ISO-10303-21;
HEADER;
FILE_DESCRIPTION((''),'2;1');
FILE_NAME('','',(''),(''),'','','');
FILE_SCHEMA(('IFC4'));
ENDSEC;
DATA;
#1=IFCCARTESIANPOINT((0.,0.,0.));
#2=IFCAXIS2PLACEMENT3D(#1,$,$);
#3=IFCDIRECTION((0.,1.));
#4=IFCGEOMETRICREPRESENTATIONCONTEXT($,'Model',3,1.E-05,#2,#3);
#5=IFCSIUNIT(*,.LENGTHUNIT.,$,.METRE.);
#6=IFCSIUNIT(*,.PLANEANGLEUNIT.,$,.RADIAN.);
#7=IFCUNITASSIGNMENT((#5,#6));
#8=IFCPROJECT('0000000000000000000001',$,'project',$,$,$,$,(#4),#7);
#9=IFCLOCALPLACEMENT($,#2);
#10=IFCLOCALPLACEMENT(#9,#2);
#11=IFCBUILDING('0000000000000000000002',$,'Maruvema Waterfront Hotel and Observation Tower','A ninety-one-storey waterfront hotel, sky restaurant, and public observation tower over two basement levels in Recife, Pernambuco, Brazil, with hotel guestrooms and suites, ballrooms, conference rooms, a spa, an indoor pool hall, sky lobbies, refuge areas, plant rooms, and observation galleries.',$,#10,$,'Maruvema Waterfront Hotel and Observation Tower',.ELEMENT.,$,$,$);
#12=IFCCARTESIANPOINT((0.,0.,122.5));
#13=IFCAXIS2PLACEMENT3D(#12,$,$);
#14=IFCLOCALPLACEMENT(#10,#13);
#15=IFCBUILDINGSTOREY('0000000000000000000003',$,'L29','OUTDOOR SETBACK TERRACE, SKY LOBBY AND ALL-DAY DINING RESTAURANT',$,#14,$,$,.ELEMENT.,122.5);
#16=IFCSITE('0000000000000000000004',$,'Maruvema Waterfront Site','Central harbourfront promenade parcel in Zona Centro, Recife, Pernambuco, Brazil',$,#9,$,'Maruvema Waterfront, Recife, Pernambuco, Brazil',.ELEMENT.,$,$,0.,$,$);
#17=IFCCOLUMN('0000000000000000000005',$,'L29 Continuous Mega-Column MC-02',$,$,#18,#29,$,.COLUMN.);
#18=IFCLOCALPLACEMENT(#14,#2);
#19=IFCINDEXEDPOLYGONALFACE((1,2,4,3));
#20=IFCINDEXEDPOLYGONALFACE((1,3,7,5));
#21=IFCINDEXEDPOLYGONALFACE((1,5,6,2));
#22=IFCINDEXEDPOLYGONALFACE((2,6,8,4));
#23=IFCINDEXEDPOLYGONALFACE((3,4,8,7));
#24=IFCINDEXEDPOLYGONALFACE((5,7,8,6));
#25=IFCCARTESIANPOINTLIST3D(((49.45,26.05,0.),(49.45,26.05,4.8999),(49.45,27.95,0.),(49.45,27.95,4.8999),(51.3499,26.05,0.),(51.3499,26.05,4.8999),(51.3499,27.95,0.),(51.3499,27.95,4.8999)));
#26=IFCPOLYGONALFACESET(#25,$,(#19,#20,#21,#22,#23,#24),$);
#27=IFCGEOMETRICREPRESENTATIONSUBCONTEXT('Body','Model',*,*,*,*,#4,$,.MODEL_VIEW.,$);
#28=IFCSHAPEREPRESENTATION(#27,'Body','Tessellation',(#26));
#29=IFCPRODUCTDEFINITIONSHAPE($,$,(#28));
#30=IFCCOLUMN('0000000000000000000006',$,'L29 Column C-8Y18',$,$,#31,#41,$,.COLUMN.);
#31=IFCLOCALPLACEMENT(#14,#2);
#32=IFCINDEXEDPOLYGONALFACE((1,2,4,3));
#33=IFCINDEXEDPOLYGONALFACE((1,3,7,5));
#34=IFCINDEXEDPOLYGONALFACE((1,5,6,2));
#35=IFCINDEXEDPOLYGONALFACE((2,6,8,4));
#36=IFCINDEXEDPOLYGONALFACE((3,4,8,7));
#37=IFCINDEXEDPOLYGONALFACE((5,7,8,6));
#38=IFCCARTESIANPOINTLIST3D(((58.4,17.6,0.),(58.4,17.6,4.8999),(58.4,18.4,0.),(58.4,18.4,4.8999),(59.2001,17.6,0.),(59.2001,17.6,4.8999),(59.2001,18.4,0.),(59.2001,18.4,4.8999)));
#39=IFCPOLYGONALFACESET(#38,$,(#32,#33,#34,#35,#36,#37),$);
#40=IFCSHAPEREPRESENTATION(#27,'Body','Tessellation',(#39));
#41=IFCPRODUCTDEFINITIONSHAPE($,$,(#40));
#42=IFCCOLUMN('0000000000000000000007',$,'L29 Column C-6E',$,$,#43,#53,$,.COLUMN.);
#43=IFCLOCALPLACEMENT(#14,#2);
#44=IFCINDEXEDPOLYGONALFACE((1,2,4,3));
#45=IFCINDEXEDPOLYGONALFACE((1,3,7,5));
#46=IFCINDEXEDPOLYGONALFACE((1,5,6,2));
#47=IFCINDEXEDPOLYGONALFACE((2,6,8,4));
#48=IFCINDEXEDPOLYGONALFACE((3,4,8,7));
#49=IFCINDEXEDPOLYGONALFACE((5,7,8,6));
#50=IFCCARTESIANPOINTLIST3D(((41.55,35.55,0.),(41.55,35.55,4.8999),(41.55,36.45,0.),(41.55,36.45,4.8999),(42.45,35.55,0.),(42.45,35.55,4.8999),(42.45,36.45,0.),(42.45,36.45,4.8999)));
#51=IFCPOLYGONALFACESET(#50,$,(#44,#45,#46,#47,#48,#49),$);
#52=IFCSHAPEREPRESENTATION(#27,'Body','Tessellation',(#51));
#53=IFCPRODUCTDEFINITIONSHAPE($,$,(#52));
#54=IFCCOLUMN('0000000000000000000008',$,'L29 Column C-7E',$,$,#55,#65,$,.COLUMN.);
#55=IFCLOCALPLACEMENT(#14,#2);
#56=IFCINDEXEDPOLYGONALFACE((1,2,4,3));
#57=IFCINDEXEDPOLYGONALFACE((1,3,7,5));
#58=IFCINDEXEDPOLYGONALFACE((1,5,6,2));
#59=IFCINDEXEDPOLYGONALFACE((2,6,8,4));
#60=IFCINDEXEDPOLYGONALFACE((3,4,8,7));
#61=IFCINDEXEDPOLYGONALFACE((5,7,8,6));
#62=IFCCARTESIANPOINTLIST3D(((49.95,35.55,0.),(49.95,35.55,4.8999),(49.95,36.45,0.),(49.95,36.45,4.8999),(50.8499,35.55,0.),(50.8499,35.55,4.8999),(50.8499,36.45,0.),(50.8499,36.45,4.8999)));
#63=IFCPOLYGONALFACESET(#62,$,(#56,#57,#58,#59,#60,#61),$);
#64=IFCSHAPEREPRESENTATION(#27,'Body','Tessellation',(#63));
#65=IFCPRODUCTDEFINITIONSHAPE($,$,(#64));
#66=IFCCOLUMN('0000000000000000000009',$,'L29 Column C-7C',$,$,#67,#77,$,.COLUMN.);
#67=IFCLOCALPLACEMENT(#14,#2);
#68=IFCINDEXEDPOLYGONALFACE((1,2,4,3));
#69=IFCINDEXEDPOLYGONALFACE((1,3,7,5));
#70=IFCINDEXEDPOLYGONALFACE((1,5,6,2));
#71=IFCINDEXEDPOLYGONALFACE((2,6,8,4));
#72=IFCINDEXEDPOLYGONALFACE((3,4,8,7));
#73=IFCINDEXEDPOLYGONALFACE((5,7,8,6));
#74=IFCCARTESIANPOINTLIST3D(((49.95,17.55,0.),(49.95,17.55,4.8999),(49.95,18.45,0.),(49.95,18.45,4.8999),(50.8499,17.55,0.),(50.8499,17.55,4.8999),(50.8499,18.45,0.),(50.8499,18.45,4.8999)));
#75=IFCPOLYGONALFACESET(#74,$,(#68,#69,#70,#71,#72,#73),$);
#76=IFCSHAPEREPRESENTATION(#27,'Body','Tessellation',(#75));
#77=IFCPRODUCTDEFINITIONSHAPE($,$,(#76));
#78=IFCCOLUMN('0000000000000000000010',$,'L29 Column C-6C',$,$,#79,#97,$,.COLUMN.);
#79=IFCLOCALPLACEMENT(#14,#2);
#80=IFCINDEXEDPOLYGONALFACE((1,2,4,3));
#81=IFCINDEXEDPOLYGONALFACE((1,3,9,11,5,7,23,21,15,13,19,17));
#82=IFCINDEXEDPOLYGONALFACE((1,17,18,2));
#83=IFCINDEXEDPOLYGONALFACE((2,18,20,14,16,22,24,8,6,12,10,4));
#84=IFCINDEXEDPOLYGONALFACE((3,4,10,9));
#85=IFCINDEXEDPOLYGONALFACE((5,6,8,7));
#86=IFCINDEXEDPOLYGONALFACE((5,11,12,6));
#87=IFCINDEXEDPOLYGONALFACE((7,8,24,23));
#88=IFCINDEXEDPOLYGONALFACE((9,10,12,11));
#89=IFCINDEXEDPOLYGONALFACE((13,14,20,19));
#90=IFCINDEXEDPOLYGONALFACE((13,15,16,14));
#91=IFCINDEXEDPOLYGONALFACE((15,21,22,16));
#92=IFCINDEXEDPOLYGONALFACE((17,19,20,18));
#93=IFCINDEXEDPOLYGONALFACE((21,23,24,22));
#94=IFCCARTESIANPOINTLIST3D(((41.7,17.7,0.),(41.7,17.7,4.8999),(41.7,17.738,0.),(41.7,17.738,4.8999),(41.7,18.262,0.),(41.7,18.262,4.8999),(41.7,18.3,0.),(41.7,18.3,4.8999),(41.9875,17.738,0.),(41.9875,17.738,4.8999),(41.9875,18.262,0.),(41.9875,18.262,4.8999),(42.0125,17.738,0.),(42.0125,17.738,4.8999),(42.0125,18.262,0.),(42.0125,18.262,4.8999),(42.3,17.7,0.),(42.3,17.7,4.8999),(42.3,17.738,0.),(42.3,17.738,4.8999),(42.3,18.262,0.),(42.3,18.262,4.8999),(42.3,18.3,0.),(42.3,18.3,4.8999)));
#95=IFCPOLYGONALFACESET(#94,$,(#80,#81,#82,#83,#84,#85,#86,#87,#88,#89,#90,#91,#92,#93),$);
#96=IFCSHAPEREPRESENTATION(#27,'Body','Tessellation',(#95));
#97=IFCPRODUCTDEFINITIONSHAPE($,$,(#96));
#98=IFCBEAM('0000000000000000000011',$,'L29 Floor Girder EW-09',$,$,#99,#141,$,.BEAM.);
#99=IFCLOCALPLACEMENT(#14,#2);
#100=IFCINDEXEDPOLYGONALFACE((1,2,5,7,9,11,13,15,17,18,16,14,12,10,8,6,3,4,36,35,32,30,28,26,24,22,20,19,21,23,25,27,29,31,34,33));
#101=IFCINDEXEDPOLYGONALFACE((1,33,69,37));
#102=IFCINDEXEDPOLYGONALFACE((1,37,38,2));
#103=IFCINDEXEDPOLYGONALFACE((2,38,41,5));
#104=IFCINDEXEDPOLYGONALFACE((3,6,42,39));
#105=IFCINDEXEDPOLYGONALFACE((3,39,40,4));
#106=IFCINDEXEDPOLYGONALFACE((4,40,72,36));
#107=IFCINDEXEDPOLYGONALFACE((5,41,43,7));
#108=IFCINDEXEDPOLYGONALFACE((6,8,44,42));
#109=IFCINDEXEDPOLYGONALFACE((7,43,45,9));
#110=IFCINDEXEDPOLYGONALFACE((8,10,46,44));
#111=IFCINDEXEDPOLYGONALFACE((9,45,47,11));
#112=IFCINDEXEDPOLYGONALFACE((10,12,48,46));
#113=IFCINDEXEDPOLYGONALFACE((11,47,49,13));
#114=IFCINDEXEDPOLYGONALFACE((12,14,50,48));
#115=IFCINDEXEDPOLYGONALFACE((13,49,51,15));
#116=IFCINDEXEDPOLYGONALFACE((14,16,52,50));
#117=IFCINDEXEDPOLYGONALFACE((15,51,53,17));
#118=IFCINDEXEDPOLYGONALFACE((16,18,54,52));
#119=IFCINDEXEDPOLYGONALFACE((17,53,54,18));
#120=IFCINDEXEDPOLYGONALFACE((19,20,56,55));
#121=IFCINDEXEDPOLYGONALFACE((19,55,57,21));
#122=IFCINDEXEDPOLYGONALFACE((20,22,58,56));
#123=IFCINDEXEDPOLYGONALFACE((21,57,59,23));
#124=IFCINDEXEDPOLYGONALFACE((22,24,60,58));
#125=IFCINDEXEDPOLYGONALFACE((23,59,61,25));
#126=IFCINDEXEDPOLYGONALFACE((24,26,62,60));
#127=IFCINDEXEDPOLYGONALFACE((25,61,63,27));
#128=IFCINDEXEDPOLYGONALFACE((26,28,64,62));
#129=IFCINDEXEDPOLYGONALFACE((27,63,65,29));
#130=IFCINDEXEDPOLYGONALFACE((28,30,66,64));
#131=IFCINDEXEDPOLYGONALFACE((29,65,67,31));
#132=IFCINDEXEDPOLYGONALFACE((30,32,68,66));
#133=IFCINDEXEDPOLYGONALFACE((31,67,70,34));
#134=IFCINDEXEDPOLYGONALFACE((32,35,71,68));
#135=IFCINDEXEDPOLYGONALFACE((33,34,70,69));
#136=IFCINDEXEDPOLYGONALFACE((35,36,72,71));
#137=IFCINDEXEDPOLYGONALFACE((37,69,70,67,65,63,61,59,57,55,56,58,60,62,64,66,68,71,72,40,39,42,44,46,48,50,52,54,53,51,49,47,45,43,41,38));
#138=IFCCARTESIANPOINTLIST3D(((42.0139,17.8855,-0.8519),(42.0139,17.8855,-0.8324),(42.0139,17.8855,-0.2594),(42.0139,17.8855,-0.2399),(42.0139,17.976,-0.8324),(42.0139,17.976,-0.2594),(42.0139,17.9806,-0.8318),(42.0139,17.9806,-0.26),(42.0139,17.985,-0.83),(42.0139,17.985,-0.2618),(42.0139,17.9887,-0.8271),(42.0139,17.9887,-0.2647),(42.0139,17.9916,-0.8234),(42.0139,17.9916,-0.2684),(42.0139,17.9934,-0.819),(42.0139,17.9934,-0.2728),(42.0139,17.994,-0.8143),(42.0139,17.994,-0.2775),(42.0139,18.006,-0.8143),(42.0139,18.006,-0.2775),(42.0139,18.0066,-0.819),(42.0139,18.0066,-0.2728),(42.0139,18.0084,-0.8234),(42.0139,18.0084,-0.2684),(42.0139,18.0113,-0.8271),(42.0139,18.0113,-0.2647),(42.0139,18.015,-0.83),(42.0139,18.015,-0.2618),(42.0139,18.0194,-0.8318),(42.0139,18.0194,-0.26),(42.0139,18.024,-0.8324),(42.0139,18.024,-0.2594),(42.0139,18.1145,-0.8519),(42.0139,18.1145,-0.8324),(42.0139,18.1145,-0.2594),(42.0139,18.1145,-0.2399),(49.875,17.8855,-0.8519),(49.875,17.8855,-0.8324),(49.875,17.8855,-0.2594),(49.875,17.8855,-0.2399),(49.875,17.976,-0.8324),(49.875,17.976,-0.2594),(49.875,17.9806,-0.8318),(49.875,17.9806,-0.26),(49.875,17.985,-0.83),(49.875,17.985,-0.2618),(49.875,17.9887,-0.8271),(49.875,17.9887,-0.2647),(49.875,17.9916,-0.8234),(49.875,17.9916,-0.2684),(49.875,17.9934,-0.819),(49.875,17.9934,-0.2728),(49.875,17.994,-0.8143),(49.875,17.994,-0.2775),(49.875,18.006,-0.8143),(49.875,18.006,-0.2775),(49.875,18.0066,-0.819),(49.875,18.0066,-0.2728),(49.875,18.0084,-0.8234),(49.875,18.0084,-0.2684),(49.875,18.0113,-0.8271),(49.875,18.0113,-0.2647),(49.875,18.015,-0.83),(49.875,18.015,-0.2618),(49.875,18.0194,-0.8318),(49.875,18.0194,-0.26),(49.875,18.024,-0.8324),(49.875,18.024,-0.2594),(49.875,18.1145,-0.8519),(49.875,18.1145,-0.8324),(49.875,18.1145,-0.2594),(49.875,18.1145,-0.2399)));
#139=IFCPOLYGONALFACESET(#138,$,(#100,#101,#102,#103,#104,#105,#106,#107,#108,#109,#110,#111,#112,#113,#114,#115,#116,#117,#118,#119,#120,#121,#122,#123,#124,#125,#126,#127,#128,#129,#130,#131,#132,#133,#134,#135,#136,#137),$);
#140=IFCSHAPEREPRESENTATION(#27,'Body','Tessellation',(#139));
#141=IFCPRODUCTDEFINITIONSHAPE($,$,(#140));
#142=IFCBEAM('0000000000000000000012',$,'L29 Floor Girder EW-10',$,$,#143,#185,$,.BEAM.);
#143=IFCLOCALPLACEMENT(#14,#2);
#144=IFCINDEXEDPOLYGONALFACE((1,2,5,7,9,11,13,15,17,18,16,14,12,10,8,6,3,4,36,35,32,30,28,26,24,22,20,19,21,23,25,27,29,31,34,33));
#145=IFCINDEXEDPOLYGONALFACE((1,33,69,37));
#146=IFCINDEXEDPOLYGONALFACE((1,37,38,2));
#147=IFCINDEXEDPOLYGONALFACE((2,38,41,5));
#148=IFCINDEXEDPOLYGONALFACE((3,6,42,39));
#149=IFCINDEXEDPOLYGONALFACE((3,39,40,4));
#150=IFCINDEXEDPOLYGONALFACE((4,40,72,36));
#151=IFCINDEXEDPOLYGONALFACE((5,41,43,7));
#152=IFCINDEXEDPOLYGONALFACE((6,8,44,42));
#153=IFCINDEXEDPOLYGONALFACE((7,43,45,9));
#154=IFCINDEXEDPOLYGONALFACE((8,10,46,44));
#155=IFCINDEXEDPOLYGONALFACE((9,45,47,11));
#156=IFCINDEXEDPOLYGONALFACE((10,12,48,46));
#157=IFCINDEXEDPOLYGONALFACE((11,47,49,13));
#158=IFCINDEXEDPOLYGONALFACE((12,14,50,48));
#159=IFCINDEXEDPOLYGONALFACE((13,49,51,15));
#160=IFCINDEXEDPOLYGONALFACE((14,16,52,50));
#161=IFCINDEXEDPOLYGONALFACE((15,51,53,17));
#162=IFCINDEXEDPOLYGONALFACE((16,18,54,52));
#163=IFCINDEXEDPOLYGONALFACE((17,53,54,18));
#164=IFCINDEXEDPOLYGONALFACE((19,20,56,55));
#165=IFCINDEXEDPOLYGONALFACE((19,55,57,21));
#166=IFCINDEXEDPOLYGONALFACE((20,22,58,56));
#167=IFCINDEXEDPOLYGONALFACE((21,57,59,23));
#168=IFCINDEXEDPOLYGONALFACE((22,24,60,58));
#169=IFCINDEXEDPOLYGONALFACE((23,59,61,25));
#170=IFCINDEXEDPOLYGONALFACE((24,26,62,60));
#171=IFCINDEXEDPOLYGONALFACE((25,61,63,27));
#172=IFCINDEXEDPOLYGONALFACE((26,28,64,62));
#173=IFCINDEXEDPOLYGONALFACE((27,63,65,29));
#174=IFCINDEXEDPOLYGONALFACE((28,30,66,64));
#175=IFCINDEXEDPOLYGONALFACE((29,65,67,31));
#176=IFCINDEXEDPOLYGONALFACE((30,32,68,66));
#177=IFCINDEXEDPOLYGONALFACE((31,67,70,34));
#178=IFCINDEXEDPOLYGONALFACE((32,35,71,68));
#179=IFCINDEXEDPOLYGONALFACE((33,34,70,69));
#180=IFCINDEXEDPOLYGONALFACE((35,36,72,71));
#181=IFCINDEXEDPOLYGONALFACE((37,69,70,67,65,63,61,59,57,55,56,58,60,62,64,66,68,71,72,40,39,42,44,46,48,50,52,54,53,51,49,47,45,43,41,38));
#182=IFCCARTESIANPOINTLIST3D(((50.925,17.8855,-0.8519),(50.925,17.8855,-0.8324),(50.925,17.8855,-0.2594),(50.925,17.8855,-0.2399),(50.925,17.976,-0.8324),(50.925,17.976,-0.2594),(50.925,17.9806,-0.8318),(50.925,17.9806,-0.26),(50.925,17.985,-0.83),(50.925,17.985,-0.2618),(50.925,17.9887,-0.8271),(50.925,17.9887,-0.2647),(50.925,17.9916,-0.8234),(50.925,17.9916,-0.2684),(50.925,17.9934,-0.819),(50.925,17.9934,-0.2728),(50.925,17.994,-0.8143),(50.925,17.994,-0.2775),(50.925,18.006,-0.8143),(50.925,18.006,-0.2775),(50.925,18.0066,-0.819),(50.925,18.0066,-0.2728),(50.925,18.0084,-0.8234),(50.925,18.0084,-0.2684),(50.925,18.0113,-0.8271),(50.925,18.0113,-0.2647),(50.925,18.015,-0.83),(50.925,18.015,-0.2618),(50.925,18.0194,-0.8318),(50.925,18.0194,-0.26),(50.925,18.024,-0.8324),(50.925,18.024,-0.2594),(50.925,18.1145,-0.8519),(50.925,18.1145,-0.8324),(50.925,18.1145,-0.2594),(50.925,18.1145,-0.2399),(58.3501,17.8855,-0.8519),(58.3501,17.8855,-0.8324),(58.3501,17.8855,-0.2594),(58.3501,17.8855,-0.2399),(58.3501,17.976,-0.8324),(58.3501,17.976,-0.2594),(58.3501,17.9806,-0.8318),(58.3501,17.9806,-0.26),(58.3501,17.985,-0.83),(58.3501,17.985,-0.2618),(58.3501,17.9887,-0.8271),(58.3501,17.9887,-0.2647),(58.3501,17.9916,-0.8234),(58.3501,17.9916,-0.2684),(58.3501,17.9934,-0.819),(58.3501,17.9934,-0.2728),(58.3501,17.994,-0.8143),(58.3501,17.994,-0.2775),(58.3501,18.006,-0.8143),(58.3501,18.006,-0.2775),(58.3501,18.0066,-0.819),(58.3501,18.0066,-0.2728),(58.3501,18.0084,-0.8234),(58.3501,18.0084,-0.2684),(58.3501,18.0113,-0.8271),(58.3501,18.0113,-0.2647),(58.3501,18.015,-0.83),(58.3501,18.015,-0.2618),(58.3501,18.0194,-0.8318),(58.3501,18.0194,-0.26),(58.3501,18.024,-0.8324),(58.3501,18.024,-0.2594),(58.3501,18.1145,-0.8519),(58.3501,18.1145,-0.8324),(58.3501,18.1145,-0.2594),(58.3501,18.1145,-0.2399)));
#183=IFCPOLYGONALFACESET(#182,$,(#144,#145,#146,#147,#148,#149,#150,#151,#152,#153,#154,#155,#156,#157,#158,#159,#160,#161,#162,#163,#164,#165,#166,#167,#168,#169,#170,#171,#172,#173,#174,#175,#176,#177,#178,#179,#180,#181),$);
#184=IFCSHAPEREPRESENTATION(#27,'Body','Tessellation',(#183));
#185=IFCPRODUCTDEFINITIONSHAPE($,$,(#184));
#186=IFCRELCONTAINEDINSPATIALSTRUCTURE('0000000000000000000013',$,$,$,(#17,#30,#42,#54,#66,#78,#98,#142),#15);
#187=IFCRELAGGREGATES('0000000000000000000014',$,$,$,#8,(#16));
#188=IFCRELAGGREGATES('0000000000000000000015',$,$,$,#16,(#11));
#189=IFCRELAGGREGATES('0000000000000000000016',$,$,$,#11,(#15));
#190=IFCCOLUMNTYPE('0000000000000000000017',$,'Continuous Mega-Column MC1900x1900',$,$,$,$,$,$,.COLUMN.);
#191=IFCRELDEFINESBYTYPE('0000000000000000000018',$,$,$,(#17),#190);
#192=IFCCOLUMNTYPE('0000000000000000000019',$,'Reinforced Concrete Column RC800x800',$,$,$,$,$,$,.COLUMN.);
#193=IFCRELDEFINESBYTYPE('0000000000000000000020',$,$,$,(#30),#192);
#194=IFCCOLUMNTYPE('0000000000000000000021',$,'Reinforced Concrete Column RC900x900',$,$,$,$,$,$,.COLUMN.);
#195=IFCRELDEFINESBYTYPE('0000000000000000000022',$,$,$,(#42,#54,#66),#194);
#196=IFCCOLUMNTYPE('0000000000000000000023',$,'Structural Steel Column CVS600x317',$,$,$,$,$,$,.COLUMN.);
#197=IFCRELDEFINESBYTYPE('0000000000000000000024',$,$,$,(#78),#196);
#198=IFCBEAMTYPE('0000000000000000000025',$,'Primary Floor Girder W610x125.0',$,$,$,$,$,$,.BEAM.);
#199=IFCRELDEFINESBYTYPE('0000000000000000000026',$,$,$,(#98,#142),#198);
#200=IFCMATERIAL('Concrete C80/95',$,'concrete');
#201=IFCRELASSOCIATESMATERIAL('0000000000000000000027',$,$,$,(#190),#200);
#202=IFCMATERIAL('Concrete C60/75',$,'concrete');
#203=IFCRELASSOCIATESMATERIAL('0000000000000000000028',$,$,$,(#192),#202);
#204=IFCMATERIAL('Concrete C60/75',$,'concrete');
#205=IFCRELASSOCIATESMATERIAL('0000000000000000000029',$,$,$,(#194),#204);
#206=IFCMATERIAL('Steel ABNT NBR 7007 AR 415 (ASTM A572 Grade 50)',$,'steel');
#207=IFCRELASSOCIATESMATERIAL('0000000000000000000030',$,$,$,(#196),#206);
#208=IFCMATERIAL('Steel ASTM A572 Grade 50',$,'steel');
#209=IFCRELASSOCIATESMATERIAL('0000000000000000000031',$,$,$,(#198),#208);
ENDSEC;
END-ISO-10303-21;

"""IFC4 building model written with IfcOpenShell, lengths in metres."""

from ifc_helpers import new_model, si_unit, direction, frame, origin, origin_2d, place, context, subcontext, project, spatial, rectangle, i_section, extrude, material, material_profile, profile_set, type_object, element, save


model = new_model("IFC4")

# Units and contexts
model_context = context("Model", 3, precision=1e-05, world=origin(), true_north=direction((0.0, 1.0)))
body_context = subcontext(model_context, "Body", "Model", "MODEL_VIEW")
ifc_project = project(units=[si_unit("LENGTHUNIT", "METRE"), si_unit("PLANEANGLEUNIT", "RADIAN")], contexts=[model_context])

# Site, building, storey
site_placement = place(None, origin())
site = spatial("IfcSite", under=ifc_project, at=site_placement, Name="Maruvema Waterfront Site", Description="Central harbourfront promenade parcel in Zona Centro, Recife, Pernambuco, Brazil", LongName="Maruvema Waterfront, Recife, Pernambuco, Brazil", CompositionType="ELEMENT", RefElevation=0.0)
building_placement = place(site_placement, origin())
building = spatial("IfcBuilding", under=site, at=building_placement, Name="Maruvema Waterfront Hotel and Observation Tower", Description="A ninety-one-storey waterfront hotel, sky restaurant, and public observation tower over two basement levels in Recife, Pernambuco, Brazil, with hotel guestrooms and suites, ballrooms, conference rooms, a spa, an indoor pool hall, sky lobbies, refuge areas, plant rooms, and observation galleries.", LongName="Maruvema Waterfront Hotel and Observation Tower", CompositionType="ELEMENT")
storey_placement = place(building_placement, frame((0.0, 0.0, 122.5)))
storey = spatial("IfcBuildingStorey", under=building, at=storey_placement, Name="L29", Description="OUTDOOR SETBACK TERRACE, SKY LOBBY AND ALL-DAY DINING RESTAURANT", CompositionType="ELEMENT", Elevation=122.5)

# Columns
ifc_material_1 = material(Name="Concrete C80/95", Category="concrete")
ifc_material_profile_1 = material_profile(ifc_material_1, rectangle(XDim=1.8999, YDim=1.8999, at=origin_2d()), Name="MC1900x1900")
ifc_profile_set_1 = profile_set([ifc_material_profile_1], Name="Concrete C80/95")
column_type_1 = type_object("IfcColumnType", Name="Continuous Mega-Column MC1900x1900", PredefinedType="COLUMN", material=ifc_profile_set_1)
column_1_placement = place(storey_placement, frame((50.3999, 27.0, 0.0), z_axis=(0.0, 0.0, 1.0), x_axis=(1.0, 0.0, 0.0)))
element("IfcColumn", 1, at=column_1_placement, inside=storey, type_object=column_type_1, Name="L29 Continuous Mega-Column MC-02", PredefinedType="COLUMN", context=body_context, shape_type="SweptSolid", body=[
    extrude(rectangle(XDim=1.8999, YDim=1.8999, at=origin_2d()), origin(), (0.0, 0.0, 1.0), 4.8999),
])
ifc_material_2 = material(Name="Concrete C60/75", Category="concrete")
ifc_material_profile_2 = material_profile(ifc_material_2, rectangle(XDim=0.8, YDim=0.8, at=origin_2d()), Name="RC800x800")
ifc_profile_set_2 = profile_set([ifc_material_profile_2], Name="Concrete C60/75")
column_type_2 = type_object("IfcColumnType", Name="Reinforced Concrete Column RC800x800", PredefinedType="COLUMN", material=ifc_profile_set_2)
column_2_placement = place(storey_placement, frame((58.8, 18.0, 0.0), z_axis=(0.0, 0.0, 1.0), x_axis=(1.0, 0.0, 0.0)))
element("IfcColumn", 2, at=column_2_placement, inside=storey, type_object=column_type_2, Name="L29 Column C-8Y18", PredefinedType="COLUMN", context=body_context, shape_type="SweptSolid", body=[
    extrude(rectangle(XDim=0.8, YDim=0.8, at=origin_2d()), origin(), (0.0, 0.0, 1.0), 4.8999),
])
ifc_material_3 = material(Name="Concrete C60/75", Category="concrete")
ifc_material_profile_3 = material_profile(ifc_material_3, rectangle(XDim=0.8999, YDim=0.8999, at=origin_2d()), Name="RC900x900")
ifc_profile_set_3 = profile_set([ifc_material_profile_3], Name="Concrete C60/75")
column_type_3 = type_object("IfcColumnType", Name="Reinforced Concrete Column RC900x900", PredefinedType="COLUMN", material=ifc_profile_set_3)
for number, where, z_axis, x_axis, name in (
    (3, (42.0, 36.0, 0.0), (0.0, 0.0, 1.0), (1.0, 0.0, 0.0), "L29 Column C-6E"),
    (4, (50.3999, 36.0, 0.0), (0.0, 0.0, 1.0), (1.0, 0.0, 0.0), "L29 Column C-7E"),
    (5, (50.3999, 18.0, 0.0), (0.0, 0.0, 1.0), (1.0, 0.0, 0.0), "L29 Column C-7C"),
):
    element("IfcColumn", number, at=place(storey_placement, frame(where, z_axis=z_axis, x_axis=x_axis)), inside=storey, type_object=column_type_3, Name=name, PredefinedType="COLUMN", context=body_context, shape_type="SweptSolid", body=[
        extrude(rectangle(XDim=0.8999, YDim=0.8999, at=origin_2d()), origin(), (0.0, 0.0, 1.0), 4.8999),
    ])
ifc_material_4 = material(Name="Steel ABNT NBR 7007 AR 415 (ASTM A572 Grade 50)", Category="steel")
ifc_material_profile_4 = material_profile(ifc_material_4, i_section(OverallWidth=0.6001, OverallDepth=0.6001, WebThickness=0.0249, FlangeThickness=0.0381, at=origin_2d()), Name="CVS600x317")
ifc_profile_set_4 = profile_set([ifc_material_profile_4], Name="Steel ABNT NBR 7007 AR 415 (ASTM A572 Grade 50)")
column_type_4 = type_object("IfcColumnType", Name="Structural Steel Column CVS600x317", PredefinedType="COLUMN", material=ifc_profile_set_4)
column_3_placement = place(storey_placement, frame((42.0, 18.0, 0.0), z_axis=(0.0, 0.0, 1.0), x_axis=(1.0, 0.0, 0.0)))
element("IfcColumn", 6, at=column_3_placement, inside=storey, type_object=column_type_4, Name="L29 Column C-6C", PredefinedType="COLUMN", context=body_context, shape_type="SweptSolid", body=[
    extrude(i_section(OverallWidth=0.6001, OverallDepth=0.6001, WebThickness=0.0249, FlangeThickness=0.0381, at=origin_2d()), origin(), (0.0, 0.0, 1.0), 4.8999),
])

# Beams
ifc_material_5 = material(Name="Steel ASTM A572 Grade 50", Category="steel")
ifc_material_profile_5 = material_profile(ifc_material_5, i_section(OverallWidth=0.229, OverallDepth=0.6121, WebThickness=0.012, FlangeThickness=0.0195, FilletRadius=0.0181, at=origin_2d()), Name="W610x125.0")
ifc_profile_set_5 = profile_set([ifc_material_profile_5], Name="Steel ASTM A572 Grade 50")
beam_type_1 = type_object("IfcBeamType", Name="Primary Floor Girder W610x125.0", PredefinedType="BEAM", material=ifc_profile_set_5)
beam_1_placement = place(storey_placement, frame((42.0139, 18.0, -0.5459), z_axis=(1.0, 0.0, 0.0), x_axis=(0.0, 1.0, 0.0)))
element("IfcBeam", 7, at=beam_1_placement, inside=storey, type_object=beam_type_1, Name="L29 Floor Girder EW-09", PredefinedType="BEAM", context=body_context, shape_type="SweptSolid", body=[
    extrude(i_section(OverallWidth=0.229, OverallDepth=0.6121, WebThickness=0.012, FlangeThickness=0.0195, FilletRadius=0.0181, at=origin_2d()), origin(), (0.0, 0.0, 1.0), 7.8611),
])
beam_2_placement = place(storey_placement, frame((50.925, 18.0, -0.5459), z_axis=(1.0, 0.0, 0.0), x_axis=(0.0, 1.0, 0.0)))
element("IfcBeam", 8, at=beam_2_placement, inside=storey, type_object=beam_type_1, Name="L29 Floor Girder EW-10", PredefinedType="BEAM", context=body_context, shape_type="SweptSolid", body=[
    extrude(i_section(OverallWidth=0.229, OverallDepth=0.6121, WebThickness=0.012, FlangeThickness=0.0195, FilletRadius=0.0181, at=origin_2d()), origin(), (0.0, 0.0, 1.0), 7.425),
])

save(model, "model.ifc")
